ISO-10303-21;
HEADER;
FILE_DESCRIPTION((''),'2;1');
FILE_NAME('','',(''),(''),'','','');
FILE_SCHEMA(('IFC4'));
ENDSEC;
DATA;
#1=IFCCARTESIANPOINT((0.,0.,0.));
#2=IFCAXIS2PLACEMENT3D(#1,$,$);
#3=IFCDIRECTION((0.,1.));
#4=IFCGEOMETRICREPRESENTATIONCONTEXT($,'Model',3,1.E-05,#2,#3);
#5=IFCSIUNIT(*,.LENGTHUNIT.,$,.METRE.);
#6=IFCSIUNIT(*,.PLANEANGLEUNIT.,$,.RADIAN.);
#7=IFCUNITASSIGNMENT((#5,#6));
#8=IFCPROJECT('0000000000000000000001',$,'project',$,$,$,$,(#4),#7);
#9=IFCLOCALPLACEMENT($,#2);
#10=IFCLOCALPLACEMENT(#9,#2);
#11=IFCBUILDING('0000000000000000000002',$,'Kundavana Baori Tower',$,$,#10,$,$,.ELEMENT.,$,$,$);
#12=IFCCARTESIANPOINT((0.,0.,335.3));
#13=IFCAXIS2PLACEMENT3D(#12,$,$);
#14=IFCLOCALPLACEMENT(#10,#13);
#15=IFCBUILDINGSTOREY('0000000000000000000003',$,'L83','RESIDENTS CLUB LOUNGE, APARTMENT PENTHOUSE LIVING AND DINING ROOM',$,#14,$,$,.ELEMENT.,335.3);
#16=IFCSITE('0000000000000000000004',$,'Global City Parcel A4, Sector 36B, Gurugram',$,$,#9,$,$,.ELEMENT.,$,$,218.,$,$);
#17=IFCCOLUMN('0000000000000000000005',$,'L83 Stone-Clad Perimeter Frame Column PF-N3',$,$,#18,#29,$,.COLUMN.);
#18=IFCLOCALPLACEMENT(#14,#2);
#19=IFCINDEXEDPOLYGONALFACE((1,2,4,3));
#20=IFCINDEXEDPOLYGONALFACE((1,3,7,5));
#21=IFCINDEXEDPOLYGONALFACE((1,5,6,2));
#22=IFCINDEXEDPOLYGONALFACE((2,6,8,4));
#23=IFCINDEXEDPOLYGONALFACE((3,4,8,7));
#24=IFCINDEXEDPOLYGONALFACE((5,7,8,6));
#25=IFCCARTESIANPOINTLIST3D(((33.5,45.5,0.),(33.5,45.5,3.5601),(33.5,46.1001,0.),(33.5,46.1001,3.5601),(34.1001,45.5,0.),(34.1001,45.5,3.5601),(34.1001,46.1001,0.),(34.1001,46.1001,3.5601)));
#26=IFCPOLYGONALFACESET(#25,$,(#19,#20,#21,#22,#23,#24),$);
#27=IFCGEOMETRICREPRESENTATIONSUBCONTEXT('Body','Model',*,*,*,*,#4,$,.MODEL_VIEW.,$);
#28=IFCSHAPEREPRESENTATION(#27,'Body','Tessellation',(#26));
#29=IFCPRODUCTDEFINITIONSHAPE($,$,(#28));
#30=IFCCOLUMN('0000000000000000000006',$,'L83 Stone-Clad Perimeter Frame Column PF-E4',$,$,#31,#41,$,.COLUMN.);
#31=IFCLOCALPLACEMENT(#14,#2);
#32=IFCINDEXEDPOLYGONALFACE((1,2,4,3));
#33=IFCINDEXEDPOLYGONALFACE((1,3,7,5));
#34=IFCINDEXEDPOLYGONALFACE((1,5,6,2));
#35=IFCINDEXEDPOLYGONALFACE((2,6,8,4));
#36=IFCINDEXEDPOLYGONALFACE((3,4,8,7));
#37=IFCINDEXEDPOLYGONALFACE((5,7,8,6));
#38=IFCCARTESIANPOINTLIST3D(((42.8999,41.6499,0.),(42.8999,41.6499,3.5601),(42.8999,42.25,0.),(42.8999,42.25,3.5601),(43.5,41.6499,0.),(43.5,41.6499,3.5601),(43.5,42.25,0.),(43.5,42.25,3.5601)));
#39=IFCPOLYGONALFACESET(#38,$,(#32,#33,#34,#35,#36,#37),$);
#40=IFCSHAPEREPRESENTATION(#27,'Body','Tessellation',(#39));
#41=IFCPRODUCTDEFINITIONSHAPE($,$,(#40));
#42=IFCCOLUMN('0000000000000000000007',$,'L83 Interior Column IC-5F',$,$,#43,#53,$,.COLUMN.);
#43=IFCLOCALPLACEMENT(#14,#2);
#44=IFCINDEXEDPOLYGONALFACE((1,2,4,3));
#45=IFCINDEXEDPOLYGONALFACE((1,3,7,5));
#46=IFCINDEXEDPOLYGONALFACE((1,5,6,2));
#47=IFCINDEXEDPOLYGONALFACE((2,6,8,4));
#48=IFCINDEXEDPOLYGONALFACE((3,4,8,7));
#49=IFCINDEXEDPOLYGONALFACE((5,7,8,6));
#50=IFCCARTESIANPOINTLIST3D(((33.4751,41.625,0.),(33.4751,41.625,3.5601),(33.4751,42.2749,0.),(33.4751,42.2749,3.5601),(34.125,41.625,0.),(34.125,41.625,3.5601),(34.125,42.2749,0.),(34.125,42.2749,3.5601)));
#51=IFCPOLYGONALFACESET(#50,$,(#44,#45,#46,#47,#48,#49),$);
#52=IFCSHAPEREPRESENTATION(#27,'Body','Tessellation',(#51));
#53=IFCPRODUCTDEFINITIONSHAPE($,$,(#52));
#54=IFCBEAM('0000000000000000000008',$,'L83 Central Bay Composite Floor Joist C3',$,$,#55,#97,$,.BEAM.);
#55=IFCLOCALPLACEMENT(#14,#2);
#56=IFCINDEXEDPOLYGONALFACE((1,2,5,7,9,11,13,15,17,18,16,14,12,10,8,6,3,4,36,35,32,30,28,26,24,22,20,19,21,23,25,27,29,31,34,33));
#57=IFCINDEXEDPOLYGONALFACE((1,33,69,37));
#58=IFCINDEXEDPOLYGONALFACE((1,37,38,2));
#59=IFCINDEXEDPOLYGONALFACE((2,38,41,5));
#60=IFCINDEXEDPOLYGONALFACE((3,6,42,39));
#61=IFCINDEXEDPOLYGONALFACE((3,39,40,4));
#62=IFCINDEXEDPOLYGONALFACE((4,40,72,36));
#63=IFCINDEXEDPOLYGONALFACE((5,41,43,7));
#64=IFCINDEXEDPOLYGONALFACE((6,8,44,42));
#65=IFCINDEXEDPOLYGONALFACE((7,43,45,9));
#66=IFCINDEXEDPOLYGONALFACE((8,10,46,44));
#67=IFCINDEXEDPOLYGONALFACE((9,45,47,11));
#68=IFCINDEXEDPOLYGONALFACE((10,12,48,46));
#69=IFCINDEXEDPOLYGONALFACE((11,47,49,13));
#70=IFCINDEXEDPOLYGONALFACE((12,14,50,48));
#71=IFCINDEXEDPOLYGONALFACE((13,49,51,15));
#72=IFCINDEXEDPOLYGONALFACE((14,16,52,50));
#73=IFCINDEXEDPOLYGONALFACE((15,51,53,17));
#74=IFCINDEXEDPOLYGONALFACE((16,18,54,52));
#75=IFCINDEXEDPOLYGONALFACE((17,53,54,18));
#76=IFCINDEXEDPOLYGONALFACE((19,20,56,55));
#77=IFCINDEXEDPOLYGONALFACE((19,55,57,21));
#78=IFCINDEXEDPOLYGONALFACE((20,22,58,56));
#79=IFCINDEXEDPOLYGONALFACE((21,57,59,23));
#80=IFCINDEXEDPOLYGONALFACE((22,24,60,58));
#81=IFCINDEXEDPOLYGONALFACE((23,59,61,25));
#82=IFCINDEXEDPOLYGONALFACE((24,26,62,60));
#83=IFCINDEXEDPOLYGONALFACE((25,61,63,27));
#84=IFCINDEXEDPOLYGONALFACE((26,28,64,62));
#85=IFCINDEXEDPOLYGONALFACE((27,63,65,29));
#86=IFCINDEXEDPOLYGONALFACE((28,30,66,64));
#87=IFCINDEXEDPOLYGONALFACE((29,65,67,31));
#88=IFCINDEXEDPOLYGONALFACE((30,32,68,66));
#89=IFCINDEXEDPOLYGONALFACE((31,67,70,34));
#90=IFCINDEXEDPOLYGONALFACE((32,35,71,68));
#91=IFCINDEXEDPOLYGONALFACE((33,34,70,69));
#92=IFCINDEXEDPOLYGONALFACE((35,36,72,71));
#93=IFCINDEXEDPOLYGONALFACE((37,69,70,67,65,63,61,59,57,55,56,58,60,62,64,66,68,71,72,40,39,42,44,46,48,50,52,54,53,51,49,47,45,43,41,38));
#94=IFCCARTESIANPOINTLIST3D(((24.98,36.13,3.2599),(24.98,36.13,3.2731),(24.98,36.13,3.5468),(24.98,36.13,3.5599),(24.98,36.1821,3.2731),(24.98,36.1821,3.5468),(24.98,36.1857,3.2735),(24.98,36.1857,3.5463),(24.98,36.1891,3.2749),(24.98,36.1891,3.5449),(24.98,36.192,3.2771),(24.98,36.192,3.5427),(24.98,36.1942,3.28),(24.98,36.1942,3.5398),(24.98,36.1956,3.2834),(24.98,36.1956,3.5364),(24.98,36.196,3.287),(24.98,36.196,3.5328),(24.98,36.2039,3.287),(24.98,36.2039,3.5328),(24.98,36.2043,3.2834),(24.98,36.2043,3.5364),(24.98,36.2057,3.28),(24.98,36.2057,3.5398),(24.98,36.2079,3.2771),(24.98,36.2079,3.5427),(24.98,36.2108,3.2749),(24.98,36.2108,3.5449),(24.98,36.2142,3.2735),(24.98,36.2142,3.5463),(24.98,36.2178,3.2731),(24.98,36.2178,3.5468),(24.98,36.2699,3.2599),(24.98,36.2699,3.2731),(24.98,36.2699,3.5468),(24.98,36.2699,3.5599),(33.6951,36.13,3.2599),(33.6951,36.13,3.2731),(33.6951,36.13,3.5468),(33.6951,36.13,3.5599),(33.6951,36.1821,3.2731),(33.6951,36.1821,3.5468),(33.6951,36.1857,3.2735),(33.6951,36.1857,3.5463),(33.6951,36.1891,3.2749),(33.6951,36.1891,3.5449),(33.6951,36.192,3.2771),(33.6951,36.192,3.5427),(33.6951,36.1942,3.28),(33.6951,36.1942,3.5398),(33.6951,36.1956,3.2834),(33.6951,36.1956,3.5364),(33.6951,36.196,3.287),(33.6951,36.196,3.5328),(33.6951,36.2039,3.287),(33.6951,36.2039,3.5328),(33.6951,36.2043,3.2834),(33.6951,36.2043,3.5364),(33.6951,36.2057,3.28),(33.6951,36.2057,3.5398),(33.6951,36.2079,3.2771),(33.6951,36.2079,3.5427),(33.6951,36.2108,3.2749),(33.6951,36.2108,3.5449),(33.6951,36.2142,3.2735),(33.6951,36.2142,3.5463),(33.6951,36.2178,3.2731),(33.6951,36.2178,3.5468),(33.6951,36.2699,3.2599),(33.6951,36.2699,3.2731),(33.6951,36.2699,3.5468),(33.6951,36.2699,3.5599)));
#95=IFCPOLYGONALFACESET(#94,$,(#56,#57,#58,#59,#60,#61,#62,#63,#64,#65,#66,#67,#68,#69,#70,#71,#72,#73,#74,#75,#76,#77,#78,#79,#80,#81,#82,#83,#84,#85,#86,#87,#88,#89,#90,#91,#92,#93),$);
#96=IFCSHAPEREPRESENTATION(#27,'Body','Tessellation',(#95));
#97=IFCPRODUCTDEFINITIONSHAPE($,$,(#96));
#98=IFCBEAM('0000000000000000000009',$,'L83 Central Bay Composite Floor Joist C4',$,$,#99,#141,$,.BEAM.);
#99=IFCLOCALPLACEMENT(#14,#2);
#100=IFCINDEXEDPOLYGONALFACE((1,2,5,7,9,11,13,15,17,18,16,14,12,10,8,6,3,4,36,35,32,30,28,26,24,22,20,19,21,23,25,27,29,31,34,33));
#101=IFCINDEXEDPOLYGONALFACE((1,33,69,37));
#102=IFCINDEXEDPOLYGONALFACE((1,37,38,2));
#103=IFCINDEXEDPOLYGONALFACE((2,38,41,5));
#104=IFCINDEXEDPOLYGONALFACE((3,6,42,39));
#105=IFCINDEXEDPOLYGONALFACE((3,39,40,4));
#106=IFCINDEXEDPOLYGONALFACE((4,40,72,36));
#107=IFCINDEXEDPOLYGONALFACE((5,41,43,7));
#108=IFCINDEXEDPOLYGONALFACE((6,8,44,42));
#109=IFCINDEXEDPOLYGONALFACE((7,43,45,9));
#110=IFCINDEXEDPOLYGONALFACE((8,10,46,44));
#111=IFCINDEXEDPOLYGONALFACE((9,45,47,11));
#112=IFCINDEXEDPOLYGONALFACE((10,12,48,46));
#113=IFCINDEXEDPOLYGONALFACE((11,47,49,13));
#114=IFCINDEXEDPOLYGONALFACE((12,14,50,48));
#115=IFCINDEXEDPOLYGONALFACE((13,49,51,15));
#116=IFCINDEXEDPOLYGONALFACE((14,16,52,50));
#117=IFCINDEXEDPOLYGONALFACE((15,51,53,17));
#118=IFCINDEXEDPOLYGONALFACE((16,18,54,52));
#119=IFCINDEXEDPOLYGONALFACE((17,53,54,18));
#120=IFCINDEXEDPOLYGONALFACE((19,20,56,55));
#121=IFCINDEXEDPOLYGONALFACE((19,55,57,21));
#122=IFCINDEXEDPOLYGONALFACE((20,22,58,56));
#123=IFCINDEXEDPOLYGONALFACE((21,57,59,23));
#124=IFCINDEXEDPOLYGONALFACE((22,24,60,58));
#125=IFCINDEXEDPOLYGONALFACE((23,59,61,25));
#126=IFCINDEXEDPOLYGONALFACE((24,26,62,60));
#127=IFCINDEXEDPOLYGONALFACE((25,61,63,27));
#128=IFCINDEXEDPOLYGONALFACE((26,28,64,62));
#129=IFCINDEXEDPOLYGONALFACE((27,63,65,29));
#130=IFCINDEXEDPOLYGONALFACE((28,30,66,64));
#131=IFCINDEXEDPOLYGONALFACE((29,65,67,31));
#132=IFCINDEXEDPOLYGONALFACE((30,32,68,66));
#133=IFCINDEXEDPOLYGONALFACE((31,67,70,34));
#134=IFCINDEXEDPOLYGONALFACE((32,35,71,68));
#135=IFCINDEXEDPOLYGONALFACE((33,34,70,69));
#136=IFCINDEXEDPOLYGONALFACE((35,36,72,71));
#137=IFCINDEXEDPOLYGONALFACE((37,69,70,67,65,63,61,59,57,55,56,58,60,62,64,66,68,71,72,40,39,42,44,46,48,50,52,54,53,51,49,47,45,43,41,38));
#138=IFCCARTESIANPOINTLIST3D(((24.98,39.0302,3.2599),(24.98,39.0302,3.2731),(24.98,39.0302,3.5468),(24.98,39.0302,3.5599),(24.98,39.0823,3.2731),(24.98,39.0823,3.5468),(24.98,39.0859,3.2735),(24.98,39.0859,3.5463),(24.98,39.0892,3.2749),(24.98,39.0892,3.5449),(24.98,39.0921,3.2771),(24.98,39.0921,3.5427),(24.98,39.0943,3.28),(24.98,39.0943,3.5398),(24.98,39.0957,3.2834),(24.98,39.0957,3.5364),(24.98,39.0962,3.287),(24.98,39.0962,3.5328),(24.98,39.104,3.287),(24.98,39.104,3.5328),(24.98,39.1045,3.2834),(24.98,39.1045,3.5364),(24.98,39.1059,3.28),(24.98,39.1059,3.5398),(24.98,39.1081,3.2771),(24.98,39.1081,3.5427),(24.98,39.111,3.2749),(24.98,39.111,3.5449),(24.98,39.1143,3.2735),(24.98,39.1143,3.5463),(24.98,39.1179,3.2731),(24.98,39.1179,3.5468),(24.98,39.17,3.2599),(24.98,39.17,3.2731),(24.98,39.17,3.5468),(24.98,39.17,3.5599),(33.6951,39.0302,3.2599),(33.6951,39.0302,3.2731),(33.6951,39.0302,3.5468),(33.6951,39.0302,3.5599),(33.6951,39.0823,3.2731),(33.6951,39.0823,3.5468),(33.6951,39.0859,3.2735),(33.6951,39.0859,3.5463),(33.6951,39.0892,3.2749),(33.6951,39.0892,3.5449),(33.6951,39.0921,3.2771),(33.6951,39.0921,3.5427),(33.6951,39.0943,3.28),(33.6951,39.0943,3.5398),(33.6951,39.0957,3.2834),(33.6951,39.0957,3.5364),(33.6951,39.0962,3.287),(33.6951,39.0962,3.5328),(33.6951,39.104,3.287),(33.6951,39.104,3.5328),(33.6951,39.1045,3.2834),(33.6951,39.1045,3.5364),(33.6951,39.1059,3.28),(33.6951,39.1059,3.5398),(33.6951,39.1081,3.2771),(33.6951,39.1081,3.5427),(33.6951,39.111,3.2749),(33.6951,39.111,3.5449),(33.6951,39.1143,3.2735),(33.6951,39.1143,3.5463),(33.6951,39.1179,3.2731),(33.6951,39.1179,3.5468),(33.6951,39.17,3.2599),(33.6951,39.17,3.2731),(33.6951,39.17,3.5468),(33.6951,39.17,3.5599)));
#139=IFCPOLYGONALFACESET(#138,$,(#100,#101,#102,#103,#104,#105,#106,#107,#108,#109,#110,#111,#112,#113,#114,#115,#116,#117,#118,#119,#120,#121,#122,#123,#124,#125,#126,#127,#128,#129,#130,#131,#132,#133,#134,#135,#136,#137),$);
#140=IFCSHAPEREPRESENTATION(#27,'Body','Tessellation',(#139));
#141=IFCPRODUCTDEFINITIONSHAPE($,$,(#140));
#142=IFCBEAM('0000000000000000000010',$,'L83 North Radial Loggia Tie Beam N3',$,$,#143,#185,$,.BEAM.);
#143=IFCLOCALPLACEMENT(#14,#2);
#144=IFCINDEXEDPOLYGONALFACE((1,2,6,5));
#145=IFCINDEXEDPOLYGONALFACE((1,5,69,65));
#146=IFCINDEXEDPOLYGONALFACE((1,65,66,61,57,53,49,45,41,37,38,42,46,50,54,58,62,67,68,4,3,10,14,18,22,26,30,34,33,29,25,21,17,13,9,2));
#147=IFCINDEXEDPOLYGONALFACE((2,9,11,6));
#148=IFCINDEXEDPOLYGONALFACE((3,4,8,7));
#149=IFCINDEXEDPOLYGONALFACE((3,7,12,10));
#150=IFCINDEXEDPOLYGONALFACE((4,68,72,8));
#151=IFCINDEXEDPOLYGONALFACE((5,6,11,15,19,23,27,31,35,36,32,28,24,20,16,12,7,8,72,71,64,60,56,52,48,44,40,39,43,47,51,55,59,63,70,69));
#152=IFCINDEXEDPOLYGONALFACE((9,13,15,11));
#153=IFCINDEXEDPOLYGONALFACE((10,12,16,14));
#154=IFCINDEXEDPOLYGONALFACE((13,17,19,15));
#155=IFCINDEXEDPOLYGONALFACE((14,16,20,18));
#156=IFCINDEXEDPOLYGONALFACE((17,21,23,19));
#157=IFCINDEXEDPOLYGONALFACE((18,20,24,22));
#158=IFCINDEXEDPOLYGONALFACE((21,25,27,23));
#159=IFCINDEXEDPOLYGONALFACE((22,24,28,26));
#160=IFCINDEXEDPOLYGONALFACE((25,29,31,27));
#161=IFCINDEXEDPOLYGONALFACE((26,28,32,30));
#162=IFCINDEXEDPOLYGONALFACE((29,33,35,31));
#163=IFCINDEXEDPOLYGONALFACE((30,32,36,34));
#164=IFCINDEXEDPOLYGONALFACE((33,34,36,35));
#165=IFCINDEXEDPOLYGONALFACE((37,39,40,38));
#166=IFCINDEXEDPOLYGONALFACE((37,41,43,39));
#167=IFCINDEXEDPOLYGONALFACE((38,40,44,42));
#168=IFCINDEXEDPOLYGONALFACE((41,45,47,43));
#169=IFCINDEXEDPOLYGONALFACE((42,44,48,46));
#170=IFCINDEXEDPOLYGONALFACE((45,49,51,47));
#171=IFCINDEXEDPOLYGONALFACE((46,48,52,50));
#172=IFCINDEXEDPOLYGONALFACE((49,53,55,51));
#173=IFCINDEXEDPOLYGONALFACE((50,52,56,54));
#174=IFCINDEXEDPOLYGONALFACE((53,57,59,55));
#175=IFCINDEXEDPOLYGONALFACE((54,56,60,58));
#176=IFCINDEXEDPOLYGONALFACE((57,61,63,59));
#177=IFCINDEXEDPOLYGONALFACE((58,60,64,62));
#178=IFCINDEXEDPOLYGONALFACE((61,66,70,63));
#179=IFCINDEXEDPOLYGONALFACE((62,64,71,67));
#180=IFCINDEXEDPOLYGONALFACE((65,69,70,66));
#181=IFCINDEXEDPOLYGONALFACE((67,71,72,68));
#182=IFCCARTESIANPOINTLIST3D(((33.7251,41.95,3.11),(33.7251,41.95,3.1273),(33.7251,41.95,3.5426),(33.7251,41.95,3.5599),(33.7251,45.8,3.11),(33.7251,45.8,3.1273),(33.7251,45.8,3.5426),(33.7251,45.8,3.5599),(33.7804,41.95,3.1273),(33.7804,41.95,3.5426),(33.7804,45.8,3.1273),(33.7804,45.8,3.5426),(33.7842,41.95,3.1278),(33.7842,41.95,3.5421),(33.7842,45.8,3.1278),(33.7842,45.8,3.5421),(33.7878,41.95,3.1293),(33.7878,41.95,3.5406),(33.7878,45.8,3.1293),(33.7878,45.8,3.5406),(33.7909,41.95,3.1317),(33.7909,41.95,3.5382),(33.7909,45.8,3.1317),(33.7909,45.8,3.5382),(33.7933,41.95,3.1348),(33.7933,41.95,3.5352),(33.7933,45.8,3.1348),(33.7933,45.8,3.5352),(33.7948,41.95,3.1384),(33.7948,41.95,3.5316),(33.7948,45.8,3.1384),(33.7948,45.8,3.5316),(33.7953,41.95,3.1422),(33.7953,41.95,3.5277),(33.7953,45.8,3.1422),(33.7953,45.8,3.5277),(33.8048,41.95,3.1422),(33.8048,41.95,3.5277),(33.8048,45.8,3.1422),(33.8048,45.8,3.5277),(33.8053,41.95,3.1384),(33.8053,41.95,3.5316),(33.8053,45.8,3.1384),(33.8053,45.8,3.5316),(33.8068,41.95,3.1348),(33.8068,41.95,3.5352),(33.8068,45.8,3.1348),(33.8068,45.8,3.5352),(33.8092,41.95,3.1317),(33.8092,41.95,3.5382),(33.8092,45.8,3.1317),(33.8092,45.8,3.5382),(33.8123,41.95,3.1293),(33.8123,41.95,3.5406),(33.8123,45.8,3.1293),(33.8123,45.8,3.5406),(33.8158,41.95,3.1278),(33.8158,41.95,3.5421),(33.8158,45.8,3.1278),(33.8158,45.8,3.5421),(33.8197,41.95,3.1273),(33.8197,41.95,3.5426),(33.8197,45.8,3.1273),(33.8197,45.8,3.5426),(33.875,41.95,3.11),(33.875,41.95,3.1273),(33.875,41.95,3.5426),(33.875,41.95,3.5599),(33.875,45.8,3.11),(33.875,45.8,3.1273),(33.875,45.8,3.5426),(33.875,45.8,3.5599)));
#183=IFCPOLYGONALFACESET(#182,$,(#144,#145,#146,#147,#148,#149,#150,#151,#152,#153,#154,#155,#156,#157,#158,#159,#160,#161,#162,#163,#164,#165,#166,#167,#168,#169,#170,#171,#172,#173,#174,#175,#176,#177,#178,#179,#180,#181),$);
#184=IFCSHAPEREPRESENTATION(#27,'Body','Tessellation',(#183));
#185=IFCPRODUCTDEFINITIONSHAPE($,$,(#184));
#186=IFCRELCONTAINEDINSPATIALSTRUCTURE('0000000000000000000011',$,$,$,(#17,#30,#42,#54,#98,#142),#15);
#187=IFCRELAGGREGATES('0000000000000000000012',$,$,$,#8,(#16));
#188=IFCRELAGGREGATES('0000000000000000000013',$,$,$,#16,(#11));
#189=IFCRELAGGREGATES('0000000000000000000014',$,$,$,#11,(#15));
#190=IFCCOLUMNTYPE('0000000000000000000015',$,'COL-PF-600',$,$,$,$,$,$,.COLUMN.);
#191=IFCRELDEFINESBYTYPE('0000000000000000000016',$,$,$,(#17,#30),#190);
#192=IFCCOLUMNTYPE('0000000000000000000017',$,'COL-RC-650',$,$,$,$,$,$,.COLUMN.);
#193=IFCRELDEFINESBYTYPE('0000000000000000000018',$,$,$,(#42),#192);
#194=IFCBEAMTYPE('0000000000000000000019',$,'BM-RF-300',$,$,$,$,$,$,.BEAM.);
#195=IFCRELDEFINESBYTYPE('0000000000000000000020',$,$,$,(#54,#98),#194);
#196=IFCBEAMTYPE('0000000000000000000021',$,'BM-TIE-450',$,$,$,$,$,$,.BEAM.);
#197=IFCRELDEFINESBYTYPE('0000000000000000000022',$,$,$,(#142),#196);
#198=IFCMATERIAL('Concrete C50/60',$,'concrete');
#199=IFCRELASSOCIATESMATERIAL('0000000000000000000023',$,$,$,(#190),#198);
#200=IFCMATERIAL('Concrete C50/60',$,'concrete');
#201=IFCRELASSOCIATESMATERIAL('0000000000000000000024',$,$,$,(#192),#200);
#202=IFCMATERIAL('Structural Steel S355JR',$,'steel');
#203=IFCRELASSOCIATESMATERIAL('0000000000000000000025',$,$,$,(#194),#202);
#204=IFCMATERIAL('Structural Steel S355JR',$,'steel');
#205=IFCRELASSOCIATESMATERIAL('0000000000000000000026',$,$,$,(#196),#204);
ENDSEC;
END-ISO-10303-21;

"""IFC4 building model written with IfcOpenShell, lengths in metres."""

from ifc_helpers import new_model, si_unit, direction, frame, origin, origin_2d, place, context, subcontext, project, spatial, rectangle, i_section, extrude, material, material_profile, profile_set, type_object, element, save


model = new_model("IFC4")

# Units and contexts
model_context = context("Model", 3, precision=1e-05, world=origin(), true_north=direction((0.0, 1.0)))
body_context = subcontext(model_context, "Body", "Model", "MODEL_VIEW")
ifc_project = project(units=[si_unit("LENGTHUNIT", "METRE"), si_unit("PLANEANGLEUNIT", "RADIAN")], contexts=[model_context])

# Site, building, storey
site_placement = place(None, origin())
site = spatial("IfcSite", under=ifc_project, at=site_placement, Name="Global City Parcel A4, Sector 36B, Gurugram", CompositionType="ELEMENT", RefElevation=218.0)
building_placement = place(site_placement, origin())
building = spatial("IfcBuilding", under=site, at=building_placement, Name="Kundavana Baori Tower", CompositionType="ELEMENT")
storey_placement = place(building_placement, frame((0.0, 0.0, 335.3)))
storey = spatial("IfcBuildingStorey", under=building, at=storey_placement, Name="L83", Description="RESIDENTS CLUB LOUNGE, APARTMENT PENTHOUSE LIVING AND DINING ROOM", CompositionType="ELEMENT", Elevation=335.3)

# Columns
ifc_material_1 = material(Name="Concrete C50/60", Category="concrete")
ifc_material_profile_1 = material_profile(ifc_material_1, rectangle(XDim=0.6001, YDim=0.6001, at=origin_2d()), Name="RC PF 600x600")
ifc_profile_set_1 = profile_set([ifc_material_profile_1], Name="Concrete C50/60")
column_type_1 = type_object("IfcColumnType", Name="COL-PF-600", PredefinedType="COLUMN", material=ifc_profile_set_1)
for number, where, z_axis, x_axis, name in (
    (1, (33.8, 45.8, 0.0), (0.0, 0.0, 1.0), (1.0, 0.0, 0.0), "L83 Stone-Clad Perimeter Frame Column PF-N3"),
    (2, (43.2, 41.95, 0.0), (0.0, 0.0, 1.0), (1.0, 0.0, 0.0), "L83 Stone-Clad Perimeter Frame Column PF-E4"),
):
    element("IfcColumn", number, at=place(storey_placement, frame(where, z_axis=z_axis, x_axis=x_axis)), inside=storey, type_object=column_type_1, Name=name, PredefinedType="COLUMN", context=body_context, shape_type="SweptSolid", body=[
        extrude(rectangle(XDim=0.6001, YDim=0.6001, at=origin_2d()), origin(), (0.0, 0.0, 1.0), 3.5601),
    ])
ifc_material_2 = material(Name="Concrete C50/60", Category="concrete")
ifc_material_profile_2 = material_profile(ifc_material_2, rectangle(XDim=0.6499, YDim=0.6499, at=origin_2d()), Name="RC 650x650")
ifc_profile_set_2 = profile_set([ifc_material_profile_2], Name="Concrete C50/60")
column_type_2 = type_object("IfcColumnType", Name="COL-RC-650", PredefinedType="COLUMN", material=ifc_profile_set_2)
column_placement = place(storey_placement, frame((33.8, 41.95, 0.0), z_axis=(0.0, 0.0, 1.0), x_axis=(1.0, 0.0, 0.0)))
element("IfcColumn", 3, at=column_placement, inside=storey, type_object=column_type_2, Name="L83 Interior Column IC-5F", PredefinedType="COLUMN", context=body_context, shape_type="SweptSolid", body=[
    extrude(rectangle(XDim=0.6499, YDim=0.6499, at=origin_2d()), origin(), (0.0, 0.0, 1.0), 3.5601),
])

# Beams
ifc_material_3 = material(Name="Structural Steel S355JR", Category="steel")
ifc_material_profile_3 = material_profile(ifc_material_3, i_section(OverallWidth=0.1399, OverallDepth=0.3, WebThickness=0.0078, FlangeThickness=0.0132, FilletRadius=0.0139, at=origin_2d()), Name="ISMB 300")
ifc_profile_set_3 = profile_set([ifc_material_profile_3], Name="Structural Steel S355JR")
beam_type_1 = type_object("IfcBeamType", Name="BM-RF-300", PredefinedType="BEAM", material=ifc_profile_set_3)
for number, where, z_axis, x_axis, name in (
    (4, (24.98, 36.2, 3.4099), (1.0, 0.0, 0.0), (0.0, 1.0, 0.0), "L83 Central Bay Composite Floor Joist C3"),
    (5, (24.98, 39.1001, 3.4099), (1.0, 0.0, 0.0), (0.0, 1.0, 0.0), "L83 Central Bay Composite Floor Joist C4"),
):
    element("IfcBeam", number, at=place(storey_placement, frame(where, z_axis=z_axis, x_axis=x_axis)), inside=storey, type_object=beam_type_1, Name=name, PredefinedType="BEAM", context=body_context, shape_type="SweptSolid", body=[
        extrude(i_section(OverallWidth=0.1399, OverallDepth=0.3, WebThickness=0.0078, FlangeThickness=0.0132, FilletRadius=0.0139, at=origin_2d()), origin(), (0.0, 0.0, 1.0), 8.7151),
    ])
ifc_material_4 = material(Name="Structural Steel S355JR", Category="steel")
ifc_material_profile_4 = material_profile(ifc_material_4, i_section(OverallWidth=0.1499, OverallDepth=0.45, WebThickness=0.0095, FlangeThickness=0.0173, FilletRadius=0.0149, at=origin_2d()), Name="ISMB 450")
ifc_profile_set_4 = profile_set([ifc_material_profile_4], Name="Structural Steel S355JR")
beam_type_2 = type_object("IfcBeamType", Name="BM-TIE-450", PredefinedType="BEAM", material=ifc_profile_set_4)
beam_1_placement = place(storey_placement, frame((33.8, 41.95, 3.335), z_axis=(0.0, 1.0, 0.0), x_axis=(-1.0, 0.0, 0.0)))
element("IfcBeam", 6, at=beam_1_placement, inside=storey, type_object=beam_type_2, Name="L83 North Radial Loggia Tie Beam N3", PredefinedType="BEAM", context=body_context, shape_type="SweptSolid", body=[
    extrude(i_section(OverallWidth=0.1499, OverallDepth=0.45, WebThickness=0.0095, FlangeThickness=0.0173, FilletRadius=0.0149, at=origin_2d()), origin(), (0.0, 0.0, 1.0), 3.8501),
])

save(model, "model.ifc")
